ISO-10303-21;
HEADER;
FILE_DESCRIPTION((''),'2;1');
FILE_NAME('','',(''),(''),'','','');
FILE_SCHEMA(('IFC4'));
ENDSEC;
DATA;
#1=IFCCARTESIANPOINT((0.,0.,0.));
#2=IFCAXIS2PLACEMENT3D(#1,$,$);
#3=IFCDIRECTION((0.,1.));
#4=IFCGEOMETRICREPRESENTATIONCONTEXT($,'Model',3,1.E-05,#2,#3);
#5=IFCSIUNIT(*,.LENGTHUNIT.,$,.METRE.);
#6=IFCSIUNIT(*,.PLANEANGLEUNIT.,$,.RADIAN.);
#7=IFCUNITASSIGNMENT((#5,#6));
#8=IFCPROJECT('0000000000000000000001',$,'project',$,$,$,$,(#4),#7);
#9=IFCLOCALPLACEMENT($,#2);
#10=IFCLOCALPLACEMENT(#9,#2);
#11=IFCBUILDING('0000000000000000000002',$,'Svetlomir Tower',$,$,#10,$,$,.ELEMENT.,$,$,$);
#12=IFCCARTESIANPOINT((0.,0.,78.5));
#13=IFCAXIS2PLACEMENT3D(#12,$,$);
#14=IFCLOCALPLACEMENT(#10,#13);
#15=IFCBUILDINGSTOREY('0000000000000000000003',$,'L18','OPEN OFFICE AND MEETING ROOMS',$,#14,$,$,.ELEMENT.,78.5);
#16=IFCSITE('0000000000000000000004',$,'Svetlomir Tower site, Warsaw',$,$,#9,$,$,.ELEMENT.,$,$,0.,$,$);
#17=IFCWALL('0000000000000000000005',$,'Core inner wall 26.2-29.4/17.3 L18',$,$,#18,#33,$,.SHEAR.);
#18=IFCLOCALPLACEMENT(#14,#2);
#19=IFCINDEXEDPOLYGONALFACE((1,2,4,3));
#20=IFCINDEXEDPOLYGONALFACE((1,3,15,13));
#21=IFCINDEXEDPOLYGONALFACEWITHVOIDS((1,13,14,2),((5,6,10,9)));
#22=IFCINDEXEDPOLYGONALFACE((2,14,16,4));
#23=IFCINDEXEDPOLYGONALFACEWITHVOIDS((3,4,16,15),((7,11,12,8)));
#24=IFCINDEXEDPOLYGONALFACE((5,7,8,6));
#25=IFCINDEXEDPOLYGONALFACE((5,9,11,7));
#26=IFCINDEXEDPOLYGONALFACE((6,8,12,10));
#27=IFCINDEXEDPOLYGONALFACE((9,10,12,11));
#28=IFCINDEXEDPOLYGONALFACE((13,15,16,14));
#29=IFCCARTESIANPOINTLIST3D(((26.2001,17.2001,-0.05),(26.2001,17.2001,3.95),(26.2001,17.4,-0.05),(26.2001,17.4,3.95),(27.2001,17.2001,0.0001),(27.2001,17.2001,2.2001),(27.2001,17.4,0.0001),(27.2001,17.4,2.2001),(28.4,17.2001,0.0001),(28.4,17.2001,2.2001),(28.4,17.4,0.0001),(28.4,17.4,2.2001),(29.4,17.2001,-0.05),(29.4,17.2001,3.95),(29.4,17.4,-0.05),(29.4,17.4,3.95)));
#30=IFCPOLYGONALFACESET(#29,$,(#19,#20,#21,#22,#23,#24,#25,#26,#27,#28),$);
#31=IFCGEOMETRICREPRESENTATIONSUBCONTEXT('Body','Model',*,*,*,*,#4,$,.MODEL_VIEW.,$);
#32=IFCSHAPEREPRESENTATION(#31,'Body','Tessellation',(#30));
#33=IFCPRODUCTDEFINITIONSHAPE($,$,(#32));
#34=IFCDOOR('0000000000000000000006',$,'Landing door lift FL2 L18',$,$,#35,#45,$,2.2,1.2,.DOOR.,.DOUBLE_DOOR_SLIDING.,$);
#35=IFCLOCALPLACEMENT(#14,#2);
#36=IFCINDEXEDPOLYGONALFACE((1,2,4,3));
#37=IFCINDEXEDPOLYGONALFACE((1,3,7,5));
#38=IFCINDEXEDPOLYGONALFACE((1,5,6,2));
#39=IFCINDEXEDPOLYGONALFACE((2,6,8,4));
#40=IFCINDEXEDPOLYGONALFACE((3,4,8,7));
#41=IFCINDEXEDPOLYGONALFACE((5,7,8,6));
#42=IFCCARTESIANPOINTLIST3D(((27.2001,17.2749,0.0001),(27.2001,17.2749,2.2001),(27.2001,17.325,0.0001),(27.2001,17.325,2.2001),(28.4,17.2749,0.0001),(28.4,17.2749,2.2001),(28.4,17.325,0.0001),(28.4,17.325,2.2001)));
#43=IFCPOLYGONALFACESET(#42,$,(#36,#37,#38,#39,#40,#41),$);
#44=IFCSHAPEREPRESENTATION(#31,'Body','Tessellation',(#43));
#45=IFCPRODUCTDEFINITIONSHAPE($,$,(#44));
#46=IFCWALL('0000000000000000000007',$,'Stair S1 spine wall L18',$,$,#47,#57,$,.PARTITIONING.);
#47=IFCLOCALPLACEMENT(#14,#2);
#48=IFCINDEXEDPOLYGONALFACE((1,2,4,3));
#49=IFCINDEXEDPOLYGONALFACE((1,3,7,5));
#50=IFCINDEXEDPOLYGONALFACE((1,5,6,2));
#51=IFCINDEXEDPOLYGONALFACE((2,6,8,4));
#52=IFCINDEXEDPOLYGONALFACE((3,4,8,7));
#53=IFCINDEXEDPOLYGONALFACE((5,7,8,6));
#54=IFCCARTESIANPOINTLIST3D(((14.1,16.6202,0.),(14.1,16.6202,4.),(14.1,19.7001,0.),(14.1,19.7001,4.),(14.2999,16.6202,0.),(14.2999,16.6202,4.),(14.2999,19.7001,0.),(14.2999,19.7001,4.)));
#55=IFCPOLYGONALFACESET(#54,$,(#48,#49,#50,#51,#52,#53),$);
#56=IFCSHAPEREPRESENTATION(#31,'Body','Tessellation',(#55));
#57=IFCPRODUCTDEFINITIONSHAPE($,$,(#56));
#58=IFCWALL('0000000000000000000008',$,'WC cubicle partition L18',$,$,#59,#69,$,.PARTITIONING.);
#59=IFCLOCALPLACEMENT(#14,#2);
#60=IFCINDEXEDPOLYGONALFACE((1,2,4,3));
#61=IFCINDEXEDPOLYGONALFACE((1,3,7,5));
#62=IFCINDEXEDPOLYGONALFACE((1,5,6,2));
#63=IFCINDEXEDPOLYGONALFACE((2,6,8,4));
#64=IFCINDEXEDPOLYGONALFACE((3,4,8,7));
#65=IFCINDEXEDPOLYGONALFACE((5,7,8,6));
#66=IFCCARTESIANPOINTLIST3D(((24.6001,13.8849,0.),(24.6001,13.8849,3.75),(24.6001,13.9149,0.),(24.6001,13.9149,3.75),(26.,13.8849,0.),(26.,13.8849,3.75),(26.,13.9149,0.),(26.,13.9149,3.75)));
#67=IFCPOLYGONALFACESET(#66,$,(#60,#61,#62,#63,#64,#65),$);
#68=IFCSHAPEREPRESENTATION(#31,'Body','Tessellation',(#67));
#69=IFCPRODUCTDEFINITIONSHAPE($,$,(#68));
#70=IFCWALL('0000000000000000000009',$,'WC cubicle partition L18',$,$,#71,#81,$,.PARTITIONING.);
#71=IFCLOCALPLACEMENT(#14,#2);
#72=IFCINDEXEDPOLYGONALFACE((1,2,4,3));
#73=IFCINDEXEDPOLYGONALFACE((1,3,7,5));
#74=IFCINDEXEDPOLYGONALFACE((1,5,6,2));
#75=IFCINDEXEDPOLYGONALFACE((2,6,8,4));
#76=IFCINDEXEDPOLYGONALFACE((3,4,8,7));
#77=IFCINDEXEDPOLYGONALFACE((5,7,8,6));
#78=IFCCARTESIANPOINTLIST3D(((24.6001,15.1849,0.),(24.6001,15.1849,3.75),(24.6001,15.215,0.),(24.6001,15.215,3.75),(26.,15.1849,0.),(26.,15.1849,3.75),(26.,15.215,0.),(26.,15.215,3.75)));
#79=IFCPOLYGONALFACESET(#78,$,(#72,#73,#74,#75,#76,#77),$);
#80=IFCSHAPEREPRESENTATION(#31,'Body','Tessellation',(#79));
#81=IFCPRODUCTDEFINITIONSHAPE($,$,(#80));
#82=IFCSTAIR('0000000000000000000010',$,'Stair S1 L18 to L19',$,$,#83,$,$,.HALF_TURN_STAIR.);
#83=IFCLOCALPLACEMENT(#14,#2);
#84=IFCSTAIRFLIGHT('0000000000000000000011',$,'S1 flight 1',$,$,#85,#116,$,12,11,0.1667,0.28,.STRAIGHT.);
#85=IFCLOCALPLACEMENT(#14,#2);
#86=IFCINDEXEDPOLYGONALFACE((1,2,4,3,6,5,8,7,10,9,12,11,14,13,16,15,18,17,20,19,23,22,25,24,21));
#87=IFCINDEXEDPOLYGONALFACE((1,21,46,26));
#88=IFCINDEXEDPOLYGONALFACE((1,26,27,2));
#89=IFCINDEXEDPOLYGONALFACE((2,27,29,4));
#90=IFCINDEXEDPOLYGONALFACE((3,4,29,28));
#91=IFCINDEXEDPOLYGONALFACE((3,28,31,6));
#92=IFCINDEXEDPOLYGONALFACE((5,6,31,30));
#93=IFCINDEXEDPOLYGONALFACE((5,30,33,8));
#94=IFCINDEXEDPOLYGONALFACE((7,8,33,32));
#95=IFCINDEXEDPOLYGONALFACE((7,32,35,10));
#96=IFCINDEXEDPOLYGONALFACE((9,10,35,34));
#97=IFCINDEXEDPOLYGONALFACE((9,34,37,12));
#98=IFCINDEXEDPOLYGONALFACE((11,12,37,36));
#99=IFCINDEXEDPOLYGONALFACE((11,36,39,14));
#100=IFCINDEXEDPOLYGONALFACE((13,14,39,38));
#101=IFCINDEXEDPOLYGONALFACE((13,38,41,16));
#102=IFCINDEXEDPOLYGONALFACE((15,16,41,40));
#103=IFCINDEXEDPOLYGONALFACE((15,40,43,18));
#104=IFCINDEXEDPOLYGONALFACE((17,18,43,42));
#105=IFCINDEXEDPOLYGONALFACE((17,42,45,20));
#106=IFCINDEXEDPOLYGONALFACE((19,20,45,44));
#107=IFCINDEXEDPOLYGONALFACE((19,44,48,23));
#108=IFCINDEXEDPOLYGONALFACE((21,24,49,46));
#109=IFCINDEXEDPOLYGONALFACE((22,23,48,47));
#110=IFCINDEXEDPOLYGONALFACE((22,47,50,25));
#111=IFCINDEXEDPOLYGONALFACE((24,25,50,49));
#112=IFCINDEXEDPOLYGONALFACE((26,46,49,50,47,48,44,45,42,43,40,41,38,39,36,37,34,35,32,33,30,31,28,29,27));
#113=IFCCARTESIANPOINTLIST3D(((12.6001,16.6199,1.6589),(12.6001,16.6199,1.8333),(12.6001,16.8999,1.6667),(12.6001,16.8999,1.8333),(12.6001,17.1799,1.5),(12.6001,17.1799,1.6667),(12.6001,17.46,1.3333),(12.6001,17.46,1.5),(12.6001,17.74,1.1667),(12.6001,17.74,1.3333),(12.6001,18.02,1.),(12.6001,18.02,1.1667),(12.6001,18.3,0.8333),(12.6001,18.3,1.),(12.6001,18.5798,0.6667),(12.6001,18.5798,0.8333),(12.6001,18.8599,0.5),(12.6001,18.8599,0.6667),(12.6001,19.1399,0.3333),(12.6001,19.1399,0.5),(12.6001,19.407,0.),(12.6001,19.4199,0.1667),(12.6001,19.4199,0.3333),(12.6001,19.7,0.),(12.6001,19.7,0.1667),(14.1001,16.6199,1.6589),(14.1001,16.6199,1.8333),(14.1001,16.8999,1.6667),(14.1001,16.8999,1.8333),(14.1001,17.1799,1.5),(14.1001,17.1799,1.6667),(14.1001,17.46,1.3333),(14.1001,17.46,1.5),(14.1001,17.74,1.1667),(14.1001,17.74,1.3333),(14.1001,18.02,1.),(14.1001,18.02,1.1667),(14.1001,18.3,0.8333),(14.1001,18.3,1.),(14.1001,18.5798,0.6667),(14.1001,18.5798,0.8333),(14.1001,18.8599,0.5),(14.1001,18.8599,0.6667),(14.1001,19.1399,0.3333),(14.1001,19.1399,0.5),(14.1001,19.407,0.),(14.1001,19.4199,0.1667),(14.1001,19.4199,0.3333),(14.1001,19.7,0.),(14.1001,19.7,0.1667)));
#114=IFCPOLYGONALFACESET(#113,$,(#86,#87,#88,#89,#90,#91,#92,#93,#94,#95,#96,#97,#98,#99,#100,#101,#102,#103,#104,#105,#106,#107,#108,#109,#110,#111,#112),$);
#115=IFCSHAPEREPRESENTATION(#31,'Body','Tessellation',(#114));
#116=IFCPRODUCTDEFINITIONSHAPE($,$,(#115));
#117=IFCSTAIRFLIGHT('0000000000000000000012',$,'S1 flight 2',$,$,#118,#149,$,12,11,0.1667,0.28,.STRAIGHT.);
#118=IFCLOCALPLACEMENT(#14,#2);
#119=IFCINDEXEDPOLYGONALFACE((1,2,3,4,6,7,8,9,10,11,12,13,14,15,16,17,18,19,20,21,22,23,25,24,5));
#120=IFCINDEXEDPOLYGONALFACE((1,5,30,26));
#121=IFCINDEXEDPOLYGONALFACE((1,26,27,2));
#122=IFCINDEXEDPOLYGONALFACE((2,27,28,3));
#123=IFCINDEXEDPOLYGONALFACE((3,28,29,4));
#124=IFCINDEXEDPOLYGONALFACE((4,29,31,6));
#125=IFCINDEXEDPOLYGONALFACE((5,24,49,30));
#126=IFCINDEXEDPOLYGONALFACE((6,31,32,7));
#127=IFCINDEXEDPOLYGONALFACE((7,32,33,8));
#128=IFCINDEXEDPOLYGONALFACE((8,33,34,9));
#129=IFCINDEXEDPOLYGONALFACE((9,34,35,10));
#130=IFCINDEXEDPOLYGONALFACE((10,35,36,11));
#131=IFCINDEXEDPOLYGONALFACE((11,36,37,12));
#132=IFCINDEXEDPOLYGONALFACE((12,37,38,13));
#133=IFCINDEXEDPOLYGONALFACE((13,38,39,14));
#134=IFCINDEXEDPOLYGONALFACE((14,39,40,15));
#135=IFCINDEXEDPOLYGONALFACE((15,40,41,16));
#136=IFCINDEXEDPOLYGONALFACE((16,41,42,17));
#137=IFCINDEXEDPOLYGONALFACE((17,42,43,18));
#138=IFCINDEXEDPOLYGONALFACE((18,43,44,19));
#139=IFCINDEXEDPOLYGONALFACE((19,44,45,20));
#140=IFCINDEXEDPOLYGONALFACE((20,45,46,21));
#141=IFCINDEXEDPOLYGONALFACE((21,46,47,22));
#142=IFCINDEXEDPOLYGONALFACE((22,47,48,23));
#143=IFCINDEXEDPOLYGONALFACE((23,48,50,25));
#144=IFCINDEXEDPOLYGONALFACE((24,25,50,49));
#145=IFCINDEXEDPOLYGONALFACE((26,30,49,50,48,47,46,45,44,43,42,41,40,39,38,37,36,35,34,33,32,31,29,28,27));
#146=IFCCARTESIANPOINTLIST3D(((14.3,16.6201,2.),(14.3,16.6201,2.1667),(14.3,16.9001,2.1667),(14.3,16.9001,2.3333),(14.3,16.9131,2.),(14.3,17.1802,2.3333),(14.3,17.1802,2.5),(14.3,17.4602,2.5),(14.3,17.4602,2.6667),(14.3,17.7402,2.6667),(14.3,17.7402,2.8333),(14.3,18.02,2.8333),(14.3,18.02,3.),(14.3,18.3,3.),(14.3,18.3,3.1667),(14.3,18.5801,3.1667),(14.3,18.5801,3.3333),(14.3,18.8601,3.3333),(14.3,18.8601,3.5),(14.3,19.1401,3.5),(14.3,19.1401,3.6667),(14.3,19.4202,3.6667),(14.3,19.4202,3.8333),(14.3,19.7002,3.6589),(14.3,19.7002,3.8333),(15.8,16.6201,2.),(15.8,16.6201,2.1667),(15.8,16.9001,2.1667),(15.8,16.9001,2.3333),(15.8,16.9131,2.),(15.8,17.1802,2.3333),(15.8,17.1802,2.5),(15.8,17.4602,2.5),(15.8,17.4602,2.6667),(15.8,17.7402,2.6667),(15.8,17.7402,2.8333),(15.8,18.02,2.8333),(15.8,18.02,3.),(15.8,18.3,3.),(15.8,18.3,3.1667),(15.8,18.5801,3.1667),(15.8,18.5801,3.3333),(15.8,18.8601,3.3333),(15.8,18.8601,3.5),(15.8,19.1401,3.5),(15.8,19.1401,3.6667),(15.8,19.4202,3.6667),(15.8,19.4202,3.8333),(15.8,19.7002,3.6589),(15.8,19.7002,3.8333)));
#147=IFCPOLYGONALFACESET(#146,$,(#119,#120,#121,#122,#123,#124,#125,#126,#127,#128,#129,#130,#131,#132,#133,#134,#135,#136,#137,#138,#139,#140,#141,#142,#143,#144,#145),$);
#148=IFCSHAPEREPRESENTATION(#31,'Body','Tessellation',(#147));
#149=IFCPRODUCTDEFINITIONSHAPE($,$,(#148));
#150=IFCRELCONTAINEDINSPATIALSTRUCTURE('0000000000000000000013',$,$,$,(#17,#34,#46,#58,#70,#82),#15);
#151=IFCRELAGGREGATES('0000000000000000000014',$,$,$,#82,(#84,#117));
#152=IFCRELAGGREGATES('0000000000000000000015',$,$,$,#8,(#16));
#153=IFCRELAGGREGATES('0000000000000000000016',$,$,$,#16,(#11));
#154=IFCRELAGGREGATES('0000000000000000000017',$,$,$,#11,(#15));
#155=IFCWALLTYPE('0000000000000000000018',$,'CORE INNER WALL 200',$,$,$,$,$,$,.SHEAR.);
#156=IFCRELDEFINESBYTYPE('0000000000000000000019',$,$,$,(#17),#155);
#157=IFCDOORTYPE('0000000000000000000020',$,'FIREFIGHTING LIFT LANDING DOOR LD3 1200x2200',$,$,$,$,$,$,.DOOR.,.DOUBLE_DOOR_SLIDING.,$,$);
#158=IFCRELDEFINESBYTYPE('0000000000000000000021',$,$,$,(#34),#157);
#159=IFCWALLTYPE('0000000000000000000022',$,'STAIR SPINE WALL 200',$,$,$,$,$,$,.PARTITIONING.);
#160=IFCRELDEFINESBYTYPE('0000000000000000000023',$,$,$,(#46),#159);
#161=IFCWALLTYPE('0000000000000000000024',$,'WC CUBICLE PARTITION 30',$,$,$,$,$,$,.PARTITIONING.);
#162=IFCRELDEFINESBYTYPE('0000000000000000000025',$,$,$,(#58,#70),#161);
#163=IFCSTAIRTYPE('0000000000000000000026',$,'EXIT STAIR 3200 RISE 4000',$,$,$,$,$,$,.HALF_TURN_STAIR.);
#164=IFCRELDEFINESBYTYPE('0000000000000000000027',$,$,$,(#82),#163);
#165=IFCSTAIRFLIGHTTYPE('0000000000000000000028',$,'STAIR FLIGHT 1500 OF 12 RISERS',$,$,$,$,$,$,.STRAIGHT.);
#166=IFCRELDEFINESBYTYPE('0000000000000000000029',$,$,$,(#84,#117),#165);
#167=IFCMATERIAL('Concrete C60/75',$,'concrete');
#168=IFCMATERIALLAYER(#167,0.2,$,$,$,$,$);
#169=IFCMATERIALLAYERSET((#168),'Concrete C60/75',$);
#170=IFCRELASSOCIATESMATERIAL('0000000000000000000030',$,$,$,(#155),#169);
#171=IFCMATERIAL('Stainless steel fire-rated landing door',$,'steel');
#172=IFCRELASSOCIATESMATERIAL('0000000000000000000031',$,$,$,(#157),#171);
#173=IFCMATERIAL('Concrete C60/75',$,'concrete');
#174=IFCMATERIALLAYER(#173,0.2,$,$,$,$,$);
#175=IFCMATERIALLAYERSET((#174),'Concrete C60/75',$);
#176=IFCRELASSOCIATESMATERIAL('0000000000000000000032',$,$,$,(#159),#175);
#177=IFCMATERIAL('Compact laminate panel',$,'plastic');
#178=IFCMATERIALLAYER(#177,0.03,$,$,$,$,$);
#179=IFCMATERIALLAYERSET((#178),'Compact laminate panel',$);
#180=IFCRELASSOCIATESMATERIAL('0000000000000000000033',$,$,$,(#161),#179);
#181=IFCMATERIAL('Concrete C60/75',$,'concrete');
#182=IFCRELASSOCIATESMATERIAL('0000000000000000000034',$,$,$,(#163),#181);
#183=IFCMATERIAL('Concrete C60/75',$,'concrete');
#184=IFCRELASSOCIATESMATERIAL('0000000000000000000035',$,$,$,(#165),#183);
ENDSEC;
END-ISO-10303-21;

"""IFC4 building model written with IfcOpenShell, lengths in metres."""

from ifc_helpers import new_model, si_unit, direction, frame, frame_2d, origin, place, context, subcontext, project, spatial, polyline, rectangle, outline, extrude, material, layer, layer_set, type_object, element, fill, aggregate, save


model = new_model("IFC4")

# Units and contexts
model_context = context("Model", 3, precision=1e-05, world=origin(), true_north=direction((0.0, 1.0)))
body_context = subcontext(model_context, "Body", "Model", "MODEL_VIEW")
ifc_project = project(units=[si_unit("LENGTHUNIT", "METRE"), si_unit("PLANEANGLEUNIT", "RADIAN")], contexts=[model_context])

# Site, building, storey
site_placement = place(None, origin())
site = spatial("IfcSite", under=ifc_project, at=site_placement, Name="Svetlomir Tower site, Warsaw", CompositionType="ELEMENT", RefElevation=0.0)
building_placement = place(site_placement, origin())
building = spatial("IfcBuilding", under=site, at=building_placement, Name="Svetlomir Tower", CompositionType="ELEMENT")
storey_placement = place(building_placement, frame((0.0, 0.0, 78.5)))
storey = spatial("IfcBuildingStorey", under=building, at=storey_placement, Name="L18", Description="OPEN OFFICE AND MEETING ROOMS", CompositionType="ELEMENT", Elevation=78.5)

# Shared definitions
ifc_material_1 = material(Name="Concrete C60/75", Category="concrete")
ifc_layer_1 = layer(ifc_material_1, 0.2)
ifc_layer_set_1 = layer_set([ifc_layer_1], Name="Concrete C60/75")
wall_type_1 = type_object("IfcWallType", Name="CORE INNER WALL 200", PredefinedType="SHEAR", material=ifc_layer_set_1)

# Wall, opening, door
wall_1_placement = place(storey_placement, frame((26.2, 17.3, -0.05), z_axis=(0.0, 0.0, 1.0), x_axis=(1.0, 0.0, 0.0)))
wall_1 = element("IfcWall", 1, at=wall_1_placement, inside=storey, type_object=wall_type_1, Name="Core inner wall 26.2-29.4/17.3 L18", PredefinedType="SHEAR", context=body_context, shape_type="SweptSolid", body=[
    extrude(rectangle(XDim=3.2, YDim=0.2, at=frame_2d((1.6001, 0.0))), origin(), (0.0, 0.0, 1.0), 4.0),
])
opening_1_placement = place(wall_1_placement, frame((1.0, 0.0, 0.05)))
opening_1 = element("IfcOpeningElement", 2, at=opening_1_placement, cuts=wall_1, PredefinedType="OPENING", context=body_context, shape_type="SweptSolid", body=[
    extrude(rectangle(XDim=1.2, YDim=2.2, at=frame_2d((0.6001, 1.1001))), frame((0.0, 0.1099, 0.0), z_axis=(0.0, -1.0, 0.0), x_axis=(1.0, 0.0, 0.0)), (0.0, 0.0, 1.0), 0.22),
])
ifc_material_2 = material(Name="Stainless steel fire-rated landing door", Category="steel")
door_type_1 = type_object("IfcDoorType", Name="FIREFIGHTING LIFT LANDING DOOR LD3 1200x2200", OperationType="DOUBLE_DOOR_SLIDING", PredefinedType="DOOR", material=ifc_material_2)
door_1_placement = place(opening_1_placement, origin())
door_1 = element("IfcDoor", 3, at=door_1_placement, inside=storey, type_object=door_type_1, Name="Landing door lift FL2 L18", OperationType="DOUBLE_DOOR_SLIDING", OverallHeight=2.2, OverallWidth=1.2, PredefinedType="DOOR", context=body_context, shape_type="SweptSolid", body=[
    extrude(rectangle(XDim=1.2, YDim=2.2, at=frame_2d((0.6001, 1.1001))), frame((0.0, 0.0249, 0.0), z_axis=(0.0, -1.0, 0.0), x_axis=(1.0, 0.0, 0.0)), (0.0, 0.0, 1.0), 0.05),
])
fill(opening_1, door_1)

# Walls
ifc_material_3 = material(Name="Concrete C60/75", Category="concrete")
ifc_layer_2 = layer(ifc_material_3, 0.2)
ifc_layer_set_2 = layer_set([ifc_layer_2], Name="Concrete C60/75")
wall_type_2 = type_object("IfcWallType", Name="STAIR SPINE WALL 200", PredefinedType="PARTITIONING", material=ifc_layer_set_2)
wall_2_placement = place(storey_placement, frame((14.2, 16.6201, 0.0), z_axis=(0.0, 0.0, 1.0), x_axis=(0.0, 1.0, 0.0)))
element("IfcWall", 4, at=wall_2_placement, inside=storey, type_object=wall_type_2, Name="Stair S1 spine wall L18", PredefinedType="PARTITIONING", context=body_context, shape_type="SweptSolid", body=[
    extrude(rectangle(XDim=3.0798, YDim=0.2, at=frame_2d((1.54, 0.0))), origin(), (0.0, 0.0, 1.0), 4.0),
])
ifc_material_4 = material(Name="Compact laminate panel", Category="plastic")
ifc_layer_3 = layer(ifc_material_4, 0.03)
ifc_layer_set_3 = layer_set([ifc_layer_3], Name="Compact laminate panel")
wall_type_3 = type_object("IfcWallType", Name="WC CUBICLE PARTITION 30", PredefinedType="PARTITIONING", material=ifc_layer_set_3)
for number, where, z_axis, x_axis, name in (
    (5, (24.6001, 13.8999, 0.0), (0.0, 0.0, 1.0), (1.0, 0.0, 0.0), "WC cubicle partition L18"),
    (6, (24.6001, 15.2, 0.0), (0.0, 0.0, 1.0), (1.0, 0.0, 0.0), "WC cubicle partition L18"),
):
    element("IfcWall", number, at=place(storey_placement, frame(where, z_axis=z_axis, x_axis=x_axis)), inside=storey, type_object=wall_type_3, Name=name, PredefinedType="PARTITIONING", context=body_context, shape_type="SweptSolid", body=[
        extrude(rectangle(XDim=1.3999, YDim=0.03, at=frame_2d((0.7, 0.0))), origin(), (0.0, 0.0, 1.0), 3.75),
    ])

# Stair, stair flights
ifc_material_5 = material(Name="Concrete C60/75", Category="concrete")
stair_type = type_object("IfcStairType", Name="EXIT STAIR 3200 RISE 4000", PredefinedType="HALF_TURN_STAIR", material=ifc_material_5)
stair_placement = place(storey_placement, origin())
stair = element("IfcStair", 7, at=stair_placement, inside=storey, type_object=stair_type, Name="Stair S1 L18 to L19", PredefinedType="HALF_TURN_STAIR")
ifc_material_6 = material(Name="Concrete C60/75", Category="concrete")
stair_flight_type = type_object("IfcStairFlightType", Name="STAIR FLIGHT 1500 OF 12 RISERS", PredefinedType="STRAIGHT", material=ifc_material_6)
stair_flight_1_placement = place(storey_placement, frame((13.3501, 19.7, 0.0), z_axis=(0.0, 0.0, 1.0), x_axis=(0.0, -1.0, 0.0)))
stair_flight_1 = element("IfcStairFlight", 8, at=stair_flight_1_placement, type_object=stair_flight_type, Name="S1 flight 1", NumberOfRisers=12, NumberOfTreads=11, PredefinedType="STRAIGHT", RiserHeight=0.1667, TreadLength=0.28, context=body_context, shape_type="SweptSolid", body=[
    extrude(outline(polyline([(0.0, 0.0), (0.0, 0.1667), (0.28, 0.1667), (0.28, 0.3333), (0.5601, 0.3333), (0.5601, 0.5), (0.8401, 0.5), (0.8401, 0.6667), (1.1201, 0.6667), (1.1201, 0.8333), (1.3999, 0.8333), (1.3999, 1.0), (1.6799, 1.0), (1.6799, 1.1667), (1.96, 1.1667), (1.96, 1.3333), (2.24, 1.3333), (2.24, 1.5), (2.52, 1.5), (2.52, 1.6667), (2.8, 1.6667), (2.8, 1.8333), (3.0801, 1.8333), (3.0801, 2.0), (3.0801, 1.6589), (0.293, 0.0), (0.0, 0.0)])), frame((0.0, 0.75, 0.0), z_axis=(0.0, -1.0, 0.0), x_axis=(1.0, 0.0, 0.0)), (0.0, 0.0, 1.0), 1.5),
])
stair_flight_2_placement = place(storey_placement, frame((15.05, 16.6201, 2.0), z_axis=(0.0, 0.0, 1.0), x_axis=(0.0, 1.0, 0.0)))
stair_flight_2 = element("IfcStairFlight", 9, at=stair_flight_2_placement, type_object=stair_flight_type, Name="S1 flight 2", NumberOfRisers=12, NumberOfTreads=11, PredefinedType="STRAIGHT", RiserHeight=0.1667, TreadLength=0.28, context=body_context, shape_type="SweptSolid", body=[
    extrude(outline(polyline([(0.0, 0.0), (0.0, 0.1667), (0.28, 0.1667), (0.28, 0.3333), (0.5601, 0.3333), (0.5601, 0.5), (0.8401, 0.5), (0.8401, 0.6667), (1.1201, 0.6667), (1.1201, 0.8333), (1.3999, 0.8333), (1.3999, 1.0), (1.6799, 1.0), (1.6799, 1.1667), (1.96, 1.1667), (1.96, 1.3333), (2.24, 1.3333), (2.24, 1.5), (2.52, 1.5), (2.52, 1.6667), (2.8, 1.6667), (2.8, 1.8333), (3.0801, 1.8333), (3.0801, 2.0), (3.0801, 1.6589), (0.293, 0.0), (0.0, 0.0)])), frame((0.0, 0.75, 0.0), z_axis=(0.0, -1.0, 0.0), x_axis=(1.0, 0.0, 0.0)), (0.0, 0.0, 1.0), 1.5),
])
aggregate(stair, [stair_flight_1, stair_flight_2])

save(model, "model.ifc")
